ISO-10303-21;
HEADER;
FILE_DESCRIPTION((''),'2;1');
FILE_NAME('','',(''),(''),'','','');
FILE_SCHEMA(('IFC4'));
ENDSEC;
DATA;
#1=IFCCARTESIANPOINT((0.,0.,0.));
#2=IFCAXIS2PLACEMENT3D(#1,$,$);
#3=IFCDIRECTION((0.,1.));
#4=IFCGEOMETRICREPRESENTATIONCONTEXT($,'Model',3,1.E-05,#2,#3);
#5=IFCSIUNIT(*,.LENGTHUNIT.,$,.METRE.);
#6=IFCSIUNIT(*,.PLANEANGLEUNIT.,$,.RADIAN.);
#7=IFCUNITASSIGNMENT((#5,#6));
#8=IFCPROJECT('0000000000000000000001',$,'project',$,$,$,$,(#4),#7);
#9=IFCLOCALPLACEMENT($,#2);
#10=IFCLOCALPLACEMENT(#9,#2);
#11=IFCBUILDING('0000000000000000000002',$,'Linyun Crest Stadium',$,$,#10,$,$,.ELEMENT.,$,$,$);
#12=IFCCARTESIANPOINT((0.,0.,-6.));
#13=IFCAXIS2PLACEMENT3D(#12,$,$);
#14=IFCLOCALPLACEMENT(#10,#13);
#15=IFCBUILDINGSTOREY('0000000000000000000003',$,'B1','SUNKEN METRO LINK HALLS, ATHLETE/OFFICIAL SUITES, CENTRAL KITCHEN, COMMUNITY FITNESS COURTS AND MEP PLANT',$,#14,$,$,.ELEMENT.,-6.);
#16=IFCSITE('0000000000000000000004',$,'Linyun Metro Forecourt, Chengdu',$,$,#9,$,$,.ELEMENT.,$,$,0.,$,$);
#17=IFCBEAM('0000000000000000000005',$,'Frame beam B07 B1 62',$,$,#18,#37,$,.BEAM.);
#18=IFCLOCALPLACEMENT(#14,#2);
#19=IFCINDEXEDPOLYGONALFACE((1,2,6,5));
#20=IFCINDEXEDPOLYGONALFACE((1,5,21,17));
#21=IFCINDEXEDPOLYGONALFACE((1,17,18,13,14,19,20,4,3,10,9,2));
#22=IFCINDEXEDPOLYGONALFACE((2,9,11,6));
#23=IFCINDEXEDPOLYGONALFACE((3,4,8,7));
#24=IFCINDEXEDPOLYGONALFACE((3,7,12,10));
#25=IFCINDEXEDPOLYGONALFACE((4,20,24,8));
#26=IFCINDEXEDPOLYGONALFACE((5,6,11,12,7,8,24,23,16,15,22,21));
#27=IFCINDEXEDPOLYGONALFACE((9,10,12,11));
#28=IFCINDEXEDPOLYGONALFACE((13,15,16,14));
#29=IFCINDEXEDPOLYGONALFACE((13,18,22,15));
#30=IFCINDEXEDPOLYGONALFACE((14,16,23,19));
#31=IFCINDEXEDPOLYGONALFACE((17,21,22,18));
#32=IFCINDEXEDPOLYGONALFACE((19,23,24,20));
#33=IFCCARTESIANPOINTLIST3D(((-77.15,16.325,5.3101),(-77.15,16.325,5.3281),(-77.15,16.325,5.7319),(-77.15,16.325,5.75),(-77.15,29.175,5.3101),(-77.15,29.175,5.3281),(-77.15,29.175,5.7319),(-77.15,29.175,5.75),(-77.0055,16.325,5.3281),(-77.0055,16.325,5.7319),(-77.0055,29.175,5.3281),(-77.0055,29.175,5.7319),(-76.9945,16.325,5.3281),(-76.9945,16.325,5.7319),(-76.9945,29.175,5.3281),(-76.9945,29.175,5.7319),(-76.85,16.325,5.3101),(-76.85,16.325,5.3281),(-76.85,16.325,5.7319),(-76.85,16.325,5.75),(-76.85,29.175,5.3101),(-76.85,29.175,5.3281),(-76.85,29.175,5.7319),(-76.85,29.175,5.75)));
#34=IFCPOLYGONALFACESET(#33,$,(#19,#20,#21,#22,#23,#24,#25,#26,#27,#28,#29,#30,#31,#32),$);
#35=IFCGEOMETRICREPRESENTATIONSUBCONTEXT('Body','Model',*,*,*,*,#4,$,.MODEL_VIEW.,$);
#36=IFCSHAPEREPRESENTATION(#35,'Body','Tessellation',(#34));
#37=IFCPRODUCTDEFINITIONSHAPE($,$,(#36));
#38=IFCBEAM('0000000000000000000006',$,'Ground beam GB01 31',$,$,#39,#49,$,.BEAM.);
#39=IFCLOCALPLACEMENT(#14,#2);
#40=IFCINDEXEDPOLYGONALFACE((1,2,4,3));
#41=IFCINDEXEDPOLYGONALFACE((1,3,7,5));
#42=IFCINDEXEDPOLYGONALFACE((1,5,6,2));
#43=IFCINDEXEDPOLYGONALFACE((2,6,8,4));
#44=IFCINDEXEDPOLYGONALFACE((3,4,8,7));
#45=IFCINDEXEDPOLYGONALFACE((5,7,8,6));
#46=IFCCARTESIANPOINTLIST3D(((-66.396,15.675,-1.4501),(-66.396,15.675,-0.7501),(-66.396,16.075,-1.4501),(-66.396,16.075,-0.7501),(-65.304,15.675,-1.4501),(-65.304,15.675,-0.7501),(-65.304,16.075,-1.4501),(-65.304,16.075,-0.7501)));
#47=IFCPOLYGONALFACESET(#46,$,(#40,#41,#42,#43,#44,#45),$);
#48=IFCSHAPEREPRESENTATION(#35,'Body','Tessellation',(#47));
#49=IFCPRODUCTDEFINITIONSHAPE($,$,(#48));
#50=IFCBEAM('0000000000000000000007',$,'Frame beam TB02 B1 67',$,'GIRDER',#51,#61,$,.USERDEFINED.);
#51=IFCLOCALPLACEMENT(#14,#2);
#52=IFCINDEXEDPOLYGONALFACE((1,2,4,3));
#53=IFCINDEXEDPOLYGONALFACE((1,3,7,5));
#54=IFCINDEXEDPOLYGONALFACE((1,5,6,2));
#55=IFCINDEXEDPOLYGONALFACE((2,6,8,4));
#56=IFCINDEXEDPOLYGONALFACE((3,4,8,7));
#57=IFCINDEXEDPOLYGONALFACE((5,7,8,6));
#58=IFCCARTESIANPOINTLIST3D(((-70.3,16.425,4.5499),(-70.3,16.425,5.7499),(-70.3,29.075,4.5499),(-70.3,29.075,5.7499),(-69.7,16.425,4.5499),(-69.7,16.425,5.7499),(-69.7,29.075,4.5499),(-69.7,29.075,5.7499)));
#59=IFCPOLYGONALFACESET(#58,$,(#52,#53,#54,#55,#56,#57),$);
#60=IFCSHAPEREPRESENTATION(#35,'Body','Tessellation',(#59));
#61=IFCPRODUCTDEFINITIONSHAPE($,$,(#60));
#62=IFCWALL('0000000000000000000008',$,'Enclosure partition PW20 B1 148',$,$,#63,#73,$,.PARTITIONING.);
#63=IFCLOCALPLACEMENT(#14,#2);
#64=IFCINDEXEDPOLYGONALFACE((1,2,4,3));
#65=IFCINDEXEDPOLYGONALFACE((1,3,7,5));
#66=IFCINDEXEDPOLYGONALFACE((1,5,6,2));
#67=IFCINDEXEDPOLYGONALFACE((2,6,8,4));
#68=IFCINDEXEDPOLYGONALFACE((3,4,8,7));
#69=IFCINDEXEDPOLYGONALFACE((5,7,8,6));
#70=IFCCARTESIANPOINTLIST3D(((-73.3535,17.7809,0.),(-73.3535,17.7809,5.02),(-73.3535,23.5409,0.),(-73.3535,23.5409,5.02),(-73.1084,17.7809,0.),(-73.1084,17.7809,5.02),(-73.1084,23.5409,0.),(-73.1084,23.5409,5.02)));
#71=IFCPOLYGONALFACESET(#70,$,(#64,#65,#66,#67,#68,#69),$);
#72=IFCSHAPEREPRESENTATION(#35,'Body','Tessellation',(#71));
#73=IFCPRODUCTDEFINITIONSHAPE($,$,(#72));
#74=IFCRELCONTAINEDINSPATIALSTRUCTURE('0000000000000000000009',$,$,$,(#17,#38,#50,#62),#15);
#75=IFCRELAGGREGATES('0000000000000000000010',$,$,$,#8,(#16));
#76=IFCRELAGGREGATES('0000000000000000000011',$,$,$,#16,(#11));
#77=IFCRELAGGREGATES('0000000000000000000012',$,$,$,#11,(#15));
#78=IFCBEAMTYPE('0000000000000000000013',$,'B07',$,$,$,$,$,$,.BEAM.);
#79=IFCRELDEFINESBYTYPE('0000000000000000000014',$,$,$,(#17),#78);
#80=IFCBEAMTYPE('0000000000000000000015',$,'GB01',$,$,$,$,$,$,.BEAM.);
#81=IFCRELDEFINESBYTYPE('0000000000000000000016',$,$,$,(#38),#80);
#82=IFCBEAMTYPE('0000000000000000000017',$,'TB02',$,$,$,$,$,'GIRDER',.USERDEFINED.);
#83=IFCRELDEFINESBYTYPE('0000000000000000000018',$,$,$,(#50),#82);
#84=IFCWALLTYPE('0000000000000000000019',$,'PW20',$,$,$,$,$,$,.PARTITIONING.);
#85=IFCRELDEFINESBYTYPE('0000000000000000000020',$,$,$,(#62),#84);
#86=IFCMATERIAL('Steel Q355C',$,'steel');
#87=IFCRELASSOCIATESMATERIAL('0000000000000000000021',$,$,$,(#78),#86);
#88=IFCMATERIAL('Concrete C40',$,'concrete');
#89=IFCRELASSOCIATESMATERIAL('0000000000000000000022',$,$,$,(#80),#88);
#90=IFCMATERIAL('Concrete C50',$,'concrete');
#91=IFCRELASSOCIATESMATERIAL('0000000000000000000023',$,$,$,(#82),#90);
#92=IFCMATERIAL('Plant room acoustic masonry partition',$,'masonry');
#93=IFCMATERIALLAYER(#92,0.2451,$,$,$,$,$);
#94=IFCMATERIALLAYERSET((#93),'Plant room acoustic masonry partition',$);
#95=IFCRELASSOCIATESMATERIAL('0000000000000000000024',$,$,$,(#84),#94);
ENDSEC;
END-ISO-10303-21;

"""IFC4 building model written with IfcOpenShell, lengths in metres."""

from ifc_helpers import new_model, si_unit, direction, frame, frame_2d, origin, origin_2d, place, context, subcontext, project, spatial, rectangle, i_section, extrude, material, layer, layer_set, material_profile, profile_set, type_object, element, save


model = new_model("IFC4")

# Units and contexts
model_context = context("Model", 3, precision=1e-05, world=origin(), true_north=direction((0.0, 1.0)))
body_context = subcontext(model_context, "Body", "Model", "MODEL_VIEW")
ifc_project = project(units=[si_unit("LENGTHUNIT", "METRE"), si_unit("PLANEANGLEUNIT", "RADIAN")], contexts=[model_context])

# Site, building, storey
site_placement = place(None, origin())
site = spatial("IfcSite", under=ifc_project, at=site_placement, Name="Linyun Metro Forecourt, Chengdu", CompositionType="ELEMENT", RefElevation=0.0)
building_placement = place(site_placement, origin())
building = spatial("IfcBuilding", under=site, at=building_placement, Name="Linyun Crest Stadium", CompositionType="ELEMENT")
storey_placement = place(building_placement, frame((0.0, 0.0, -6.0)))
storey = spatial("IfcBuildingStorey", under=building, at=storey_placement, Name="B1", Description="SUNKEN METRO LINK HALLS, ATHLETE/OFFICIAL SUITES, CENTRAL KITCHEN, COMMUNITY FITNESS COURTS AND MEP PLANT", CompositionType="ELEMENT", Elevation=-6.0)

# Beams
ifc_material_1 = material(Name="Steel Q355C", Category="steel")
ifc_material_profile_1 = material_profile(ifc_material_1, i_section(OverallWidth=0.3, OverallDepth=0.4399, WebThickness=0.011, FlangeThickness=0.0181, at=origin_2d()), Name="HM 440x300")
ifc_profile_set_1 = profile_set([ifc_material_profile_1], Name="Steel Q355C")
beam_type_1 = type_object("IfcBeamType", Name="B07", PredefinedType="BEAM", material=ifc_profile_set_1)
beam_1_placement = place(storey_placement, frame((-77.0, 16.325, 5.53), z_axis=(0.0, 1.0, 0.0), x_axis=(-1.0, 0.0, 0.0)))
element("IfcBeam", 1, at=beam_1_placement, inside=storey, type_object=beam_type_1, Name="Frame beam B07 B1 62", PredefinedType="BEAM", context=body_context, shape_type="SweptSolid", body=[
    extrude(i_section(OverallWidth=0.3, OverallDepth=0.4399, WebThickness=0.011, FlangeThickness=0.0181, at=origin_2d()), origin(), (0.0, 0.0, 1.0), 12.8501),
])
ifc_material_2 = material(Name="Concrete C40", Category="concrete")
ifc_material_profile_2 = material_profile(ifc_material_2, rectangle(XDim=0.3999, YDim=0.7, at=origin_2d()), Name="RCB 700x400")
ifc_profile_set_2 = profile_set([ifc_material_profile_2], Name="Concrete C40")
beam_type_2 = type_object("IfcBeamType", Name="GB01", PredefinedType="BEAM", material=ifc_profile_set_2)
beam_2_placement = place(storey_placement, frame((-66.396, 15.875, -1.1001), z_axis=(1.0, 0.0, 0.0), x_axis=(0.0, 1.0, 0.0)))
element("IfcBeam", 2, at=beam_2_placement, inside=storey, type_object=beam_type_2, Name="Ground beam GB01 31", PredefinedType="BEAM", context=body_context, shape_type="SweptSolid", body=[
    extrude(rectangle(XDim=0.3999, YDim=0.7, at=origin_2d()), origin(), (0.0, 0.0, 1.0), 1.092),
])
ifc_material_3 = material(Name="Concrete C50", Category="concrete")
ifc_material_profile_3 = material_profile(ifc_material_3, rectangle(XDim=0.6001, YDim=1.2, at=origin_2d()), Name="RCB 1200x600")
ifc_profile_set_3 = profile_set([ifc_material_profile_3], Name="Concrete C50")
beam_type_3 = type_object("IfcBeamType", Name="TB02", ElementType="GIRDER", PredefinedType="USERDEFINED", material=ifc_profile_set_3)
beam_3_placement = place(storey_placement, frame((-70.0, 16.425, 5.1499), z_axis=(0.0, 1.0, 0.0), x_axis=(-1.0, 0.0, 0.0)))
element("IfcBeam", 3, at=beam_3_placement, inside=storey, type_object=beam_type_3, Name="Frame beam TB02 B1 67", ObjectType="GIRDER", PredefinedType="USERDEFINED", context=body_context, shape_type="SweptSolid", body=[
    extrude(rectangle(XDim=0.6001, YDim=1.2, at=origin_2d()), origin(), (0.0, 0.0, 1.0), 12.6499),
])

# Wall
ifc_material_4 = material(Name="Plant room acoustic masonry partition", Category="masonry")
ifc_layer = layer(ifc_material_4, 0.2451)
ifc_layer_set = layer_set([ifc_layer], Name="Plant room acoustic masonry partition")
wall_type = type_object("IfcWallType", Name="PW20", PredefinedType="PARTITIONING", material=ifc_layer_set)
wall_placement = place(storey_placement, frame((-73.231, 17.781, 0.0), z_axis=(0.0, 0.0, 1.0), x_axis=(0.0, 1.0, 0.0)))
element("IfcWall", 4, at=wall_placement, inside=storey, type_object=wall_type, Name="Enclosure partition PW20 B1 148", PredefinedType="PARTITIONING", context=body_context, shape_type="SweptSolid", body=[
    extrude(rectangle(XDim=5.76, YDim=0.2451, at=frame_2d((2.8799, 0.0))), origin(), (0.0, 0.0, 1.0), 5.02),
])

save(model, "model.ifc")
